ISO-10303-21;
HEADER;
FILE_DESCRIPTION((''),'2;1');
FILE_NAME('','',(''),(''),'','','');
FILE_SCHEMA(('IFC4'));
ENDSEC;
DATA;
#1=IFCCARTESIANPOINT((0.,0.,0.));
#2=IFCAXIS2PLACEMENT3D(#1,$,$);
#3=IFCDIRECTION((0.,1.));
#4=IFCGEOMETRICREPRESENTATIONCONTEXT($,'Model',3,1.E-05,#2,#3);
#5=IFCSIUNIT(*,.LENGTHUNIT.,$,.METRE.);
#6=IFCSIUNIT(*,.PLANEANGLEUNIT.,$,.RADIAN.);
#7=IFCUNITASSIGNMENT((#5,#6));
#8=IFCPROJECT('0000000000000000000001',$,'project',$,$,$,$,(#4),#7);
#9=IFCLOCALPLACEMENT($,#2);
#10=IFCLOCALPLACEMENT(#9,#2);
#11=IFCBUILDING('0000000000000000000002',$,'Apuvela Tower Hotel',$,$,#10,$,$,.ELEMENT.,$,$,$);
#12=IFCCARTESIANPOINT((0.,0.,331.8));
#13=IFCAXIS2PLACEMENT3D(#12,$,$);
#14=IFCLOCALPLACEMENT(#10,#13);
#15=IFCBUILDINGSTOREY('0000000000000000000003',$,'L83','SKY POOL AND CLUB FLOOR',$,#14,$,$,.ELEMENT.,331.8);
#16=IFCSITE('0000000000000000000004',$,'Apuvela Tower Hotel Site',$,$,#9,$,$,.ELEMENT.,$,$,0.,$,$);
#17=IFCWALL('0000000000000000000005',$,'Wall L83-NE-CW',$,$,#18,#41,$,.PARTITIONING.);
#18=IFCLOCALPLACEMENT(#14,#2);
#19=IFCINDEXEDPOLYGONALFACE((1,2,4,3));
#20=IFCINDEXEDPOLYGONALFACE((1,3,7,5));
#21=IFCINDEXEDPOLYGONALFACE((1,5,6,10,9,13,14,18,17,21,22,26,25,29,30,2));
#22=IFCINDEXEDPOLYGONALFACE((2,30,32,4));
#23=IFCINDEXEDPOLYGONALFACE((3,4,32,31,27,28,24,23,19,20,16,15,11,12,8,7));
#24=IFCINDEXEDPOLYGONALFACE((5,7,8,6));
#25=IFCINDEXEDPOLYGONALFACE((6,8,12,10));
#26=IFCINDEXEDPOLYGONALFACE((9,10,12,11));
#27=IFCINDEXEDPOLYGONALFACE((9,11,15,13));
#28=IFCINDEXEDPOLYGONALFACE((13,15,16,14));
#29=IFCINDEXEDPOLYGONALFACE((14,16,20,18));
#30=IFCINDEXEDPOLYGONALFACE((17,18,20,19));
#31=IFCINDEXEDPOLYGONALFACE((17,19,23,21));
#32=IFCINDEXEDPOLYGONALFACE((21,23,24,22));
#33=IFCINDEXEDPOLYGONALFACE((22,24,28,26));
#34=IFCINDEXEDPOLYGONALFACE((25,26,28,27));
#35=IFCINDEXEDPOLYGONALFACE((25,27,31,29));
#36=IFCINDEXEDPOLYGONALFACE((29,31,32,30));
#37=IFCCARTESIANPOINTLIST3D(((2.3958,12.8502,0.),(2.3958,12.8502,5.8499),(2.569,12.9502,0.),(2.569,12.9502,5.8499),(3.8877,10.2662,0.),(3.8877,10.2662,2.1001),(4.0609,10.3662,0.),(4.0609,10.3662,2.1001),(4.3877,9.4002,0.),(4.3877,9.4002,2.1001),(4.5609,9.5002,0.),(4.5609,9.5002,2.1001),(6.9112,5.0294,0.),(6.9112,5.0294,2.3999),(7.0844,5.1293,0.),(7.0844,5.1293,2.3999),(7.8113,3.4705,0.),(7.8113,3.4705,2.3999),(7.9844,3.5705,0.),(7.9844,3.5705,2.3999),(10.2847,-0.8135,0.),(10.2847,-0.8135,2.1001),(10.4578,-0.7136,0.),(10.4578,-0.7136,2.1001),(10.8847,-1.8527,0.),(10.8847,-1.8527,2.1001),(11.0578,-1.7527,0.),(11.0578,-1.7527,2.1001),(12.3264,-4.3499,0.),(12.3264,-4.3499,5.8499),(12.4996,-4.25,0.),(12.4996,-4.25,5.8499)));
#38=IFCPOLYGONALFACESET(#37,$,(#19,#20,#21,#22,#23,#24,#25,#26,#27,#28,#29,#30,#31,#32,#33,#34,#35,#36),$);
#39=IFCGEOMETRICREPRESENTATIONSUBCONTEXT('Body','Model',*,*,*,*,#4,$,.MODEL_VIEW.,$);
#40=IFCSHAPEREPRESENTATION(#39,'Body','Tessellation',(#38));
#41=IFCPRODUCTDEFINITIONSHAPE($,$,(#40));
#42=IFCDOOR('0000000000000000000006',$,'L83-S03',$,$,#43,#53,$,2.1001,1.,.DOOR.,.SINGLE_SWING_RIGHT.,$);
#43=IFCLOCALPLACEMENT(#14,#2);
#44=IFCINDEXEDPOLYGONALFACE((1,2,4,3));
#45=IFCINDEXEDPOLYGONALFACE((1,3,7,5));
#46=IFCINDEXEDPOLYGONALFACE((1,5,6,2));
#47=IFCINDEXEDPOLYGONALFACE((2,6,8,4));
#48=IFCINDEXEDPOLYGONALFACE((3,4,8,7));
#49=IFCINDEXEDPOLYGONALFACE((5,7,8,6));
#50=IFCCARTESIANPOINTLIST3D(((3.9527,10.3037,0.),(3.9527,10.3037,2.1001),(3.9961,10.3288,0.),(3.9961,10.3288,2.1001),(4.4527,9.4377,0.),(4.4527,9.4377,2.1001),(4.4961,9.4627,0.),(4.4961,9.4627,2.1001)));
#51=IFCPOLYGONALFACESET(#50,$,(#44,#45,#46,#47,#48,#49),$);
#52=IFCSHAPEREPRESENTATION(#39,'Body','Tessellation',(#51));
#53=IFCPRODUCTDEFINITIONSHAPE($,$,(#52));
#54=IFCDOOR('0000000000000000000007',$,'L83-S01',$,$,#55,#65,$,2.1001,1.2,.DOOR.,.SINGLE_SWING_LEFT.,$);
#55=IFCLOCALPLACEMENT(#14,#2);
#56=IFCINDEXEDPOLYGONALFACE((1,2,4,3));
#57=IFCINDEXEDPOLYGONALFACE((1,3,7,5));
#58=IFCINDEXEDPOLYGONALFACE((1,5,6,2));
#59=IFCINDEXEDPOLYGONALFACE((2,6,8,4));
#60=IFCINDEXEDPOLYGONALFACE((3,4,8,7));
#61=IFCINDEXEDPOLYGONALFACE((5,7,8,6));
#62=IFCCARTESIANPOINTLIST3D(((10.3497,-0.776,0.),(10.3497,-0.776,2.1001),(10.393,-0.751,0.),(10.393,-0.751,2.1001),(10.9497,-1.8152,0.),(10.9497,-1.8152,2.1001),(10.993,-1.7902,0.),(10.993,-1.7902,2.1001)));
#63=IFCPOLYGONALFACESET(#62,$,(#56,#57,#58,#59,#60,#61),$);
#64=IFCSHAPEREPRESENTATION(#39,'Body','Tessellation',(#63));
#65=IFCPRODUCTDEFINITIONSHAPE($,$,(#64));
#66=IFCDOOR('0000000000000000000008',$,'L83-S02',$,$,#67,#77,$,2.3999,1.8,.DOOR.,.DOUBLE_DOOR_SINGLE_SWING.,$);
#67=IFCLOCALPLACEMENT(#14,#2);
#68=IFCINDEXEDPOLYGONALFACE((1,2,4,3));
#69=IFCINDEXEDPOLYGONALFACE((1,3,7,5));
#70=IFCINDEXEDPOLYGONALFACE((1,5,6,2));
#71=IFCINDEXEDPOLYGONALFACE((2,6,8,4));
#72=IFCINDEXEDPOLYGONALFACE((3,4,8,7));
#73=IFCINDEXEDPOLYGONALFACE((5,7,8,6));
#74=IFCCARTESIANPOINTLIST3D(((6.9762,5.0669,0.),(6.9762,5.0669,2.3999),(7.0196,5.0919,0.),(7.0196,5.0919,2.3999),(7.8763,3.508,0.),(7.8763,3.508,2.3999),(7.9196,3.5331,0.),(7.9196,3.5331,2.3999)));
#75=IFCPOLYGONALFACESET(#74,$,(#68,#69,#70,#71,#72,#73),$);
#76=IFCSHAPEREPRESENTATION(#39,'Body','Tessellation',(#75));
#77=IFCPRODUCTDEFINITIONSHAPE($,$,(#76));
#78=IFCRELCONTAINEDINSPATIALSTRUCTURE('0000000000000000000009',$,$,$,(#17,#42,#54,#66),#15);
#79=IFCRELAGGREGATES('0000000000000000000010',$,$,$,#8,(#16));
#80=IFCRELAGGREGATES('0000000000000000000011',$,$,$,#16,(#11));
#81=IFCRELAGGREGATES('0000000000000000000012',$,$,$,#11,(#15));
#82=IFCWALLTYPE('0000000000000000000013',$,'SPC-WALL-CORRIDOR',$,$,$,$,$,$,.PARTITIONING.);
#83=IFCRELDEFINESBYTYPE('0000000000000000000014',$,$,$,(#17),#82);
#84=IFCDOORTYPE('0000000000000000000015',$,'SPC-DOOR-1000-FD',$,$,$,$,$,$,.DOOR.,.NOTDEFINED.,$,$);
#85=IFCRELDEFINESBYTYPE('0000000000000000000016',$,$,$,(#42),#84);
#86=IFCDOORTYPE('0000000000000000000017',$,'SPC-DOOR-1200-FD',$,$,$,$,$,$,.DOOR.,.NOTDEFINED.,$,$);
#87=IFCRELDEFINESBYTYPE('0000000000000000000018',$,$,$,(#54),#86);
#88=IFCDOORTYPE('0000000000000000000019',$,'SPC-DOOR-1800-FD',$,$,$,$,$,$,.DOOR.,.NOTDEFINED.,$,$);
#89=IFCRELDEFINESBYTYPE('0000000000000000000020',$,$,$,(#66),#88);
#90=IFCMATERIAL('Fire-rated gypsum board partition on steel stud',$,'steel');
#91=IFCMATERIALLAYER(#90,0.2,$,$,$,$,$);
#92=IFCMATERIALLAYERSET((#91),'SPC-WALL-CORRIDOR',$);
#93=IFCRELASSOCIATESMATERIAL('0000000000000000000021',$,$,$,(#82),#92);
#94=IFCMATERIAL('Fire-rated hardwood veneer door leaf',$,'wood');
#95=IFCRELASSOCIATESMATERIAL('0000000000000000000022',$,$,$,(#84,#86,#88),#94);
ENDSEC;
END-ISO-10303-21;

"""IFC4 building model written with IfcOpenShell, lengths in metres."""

from ifc_helpers import new_model, si_unit, direction, frame, frame_2d, origin, place, context, subcontext, project, spatial, rectangle, extrude, material, layer, layer_set, type_object, element, fill, save


model = new_model("IFC4")

# Units and contexts
model_context = context("Model", 3, precision=1e-05, world=origin(), true_north=direction((0.0, 1.0)))
body_context = subcontext(model_context, "Body", "Model", "MODEL_VIEW")
ifc_project = project(units=[si_unit("LENGTHUNIT", "METRE"), si_unit("PLANEANGLEUNIT", "RADIAN")], contexts=[model_context])

# Site, building, storey
site_placement = place(None, origin())
site = spatial("IfcSite", under=ifc_project, at=site_placement, Name="Apuvela Tower Hotel Site", CompositionType="ELEMENT", RefElevation=0.0)
building_placement = place(site_placement, origin())
building = spatial("IfcBuilding", under=site, at=building_placement, Name="Apuvela Tower Hotel", CompositionType="ELEMENT")
storey_placement = place(building_placement, frame((0.0, 0.0, 331.8)))
storey = spatial("IfcBuildingStorey", under=building, at=storey_placement, Name="L83", Description="SKY POOL AND CLUB FLOOR", CompositionType="ELEMENT", Elevation=331.8)

# Wall, openings, doors
ifc_material_1 = material(Name="Fire-rated gypsum board partition on steel stud", Category="steel")
ifc_layer_1 = layer(ifc_material_1, 0.2)
ifc_layer_set_1 = layer_set([ifc_layer_1], Name="SPC-WALL-CORRIDOR")
wall_type_1 = type_object("IfcWallType", Name="SPC-WALL-CORRIDOR", PredefinedType="PARTITIONING", material=ifc_layer_set_1)
wall_1_placement = place(storey_placement, frame((12.4131, -4.3, 0.0), z_axis=(0.0, 0.0, 1.0), x_axis=(-0.500005, 0.866023, 0.0)))
wall_1 = element("IfcWall", 1, at=wall_1_placement, inside=storey, type_object=wall_type_1, Name="Wall L83-NE-CW", PredefinedType="PARTITIONING", context=body_context, shape_type="SweptSolid", body=[
    extrude(rectangle(XDim=19.8611, YDim=0.2, at=frame_2d((9.9307, 0.0))), origin(), (0.0, 0.0, 1.0), 5.8499),
])
opening_1_placement = place(wall_1_placement, frame((2.8835, 0.0, 0.0)))
opening_1 = element("IfcOpeningElement", 2, at=opening_1_placement, cuts=wall_1, PredefinedType="OPENING", context=body_context, shape_type="SweptSolid", body=[
    extrude(rectangle(XDim=1.2, YDim=2.1001, at=frame_2d((0.6001, 1.05))), frame((0.0, 0.1099, 0.0), z_axis=(0.0, -1.0, 0.0), x_axis=(1.0, 0.0, 0.0)), (0.0, 0.0, 1.0), 0.22),
])
opening_2_placement = place(wall_1_placement, frame((9.0305, 0.0, 0.0)))
opening_2 = element("IfcOpeningElement", 3, at=opening_2_placement, cuts=wall_1, PredefinedType="OPENING", context=body_context, shape_type="SweptSolid", body=[
    extrude(rectangle(XDim=1.8, YDim=2.3999, at=frame_2d((0.8999, 1.2))), frame((0.0, 0.1099, 0.0), z_axis=(0.0, -1.0, 0.0), x_axis=(1.0, 0.0, 0.0)), (0.0, 0.0, 1.0), 0.22),
])
opening_3_placement = place(wall_1_placement, frame((15.8774, 0.0, 0.0)))
opening_3 = element("IfcOpeningElement", 4, at=opening_3_placement, cuts=wall_1, PredefinedType="OPENING", context=body_context, shape_type="SweptSolid", body=[
    extrude(rectangle(XDim=1.0, YDim=2.1001, at=frame_2d((0.5, 1.05))), frame((0.0, 0.1099, 0.0), z_axis=(0.0, -1.0, 0.0), x_axis=(1.0, 0.0, 0.0)), (0.0, 0.0, 1.0), 0.22),
])
ifc_material_2 = material(Name="Fire-rated hardwood veneer door leaf", Category="wood")
door_type_1 = type_object("IfcDoorType", Name="SPC-DOOR-1000-FD", OperationType="NOTDEFINED", PredefinedType="DOOR", material=ifc_material_2)
door_1_placement = place(opening_3_placement, origin())
door_1 = element("IfcDoor", 5, at=door_1_placement, inside=storey, type_object=door_type_1, Name="L83-S03", OperationType="SINGLE_SWING_RIGHT", OverallHeight=2.1001, OverallWidth=1.0, PredefinedType="DOOR", context=body_context, shape_type="SweptSolid", body=[
    extrude(rectangle(XDim=1.0, YDim=2.1001, at=frame_2d((0.5, 1.05))), frame((0.0, 0.0249, 0.0), z_axis=(0.0, -1.0, 0.0), x_axis=(1.0, 0.0, 0.0)), (0.0, 0.0, 1.0), 0.05),
])
fill(opening_3, door_1)
door_type_2 = type_object("IfcDoorType", Name="SPC-DOOR-1200-FD", OperationType="NOTDEFINED", PredefinedType="DOOR", material=ifc_material_2)
door_2_placement = place(opening_1_placement, origin())
door_2 = element("IfcDoor", 6, at=door_2_placement, inside=storey, type_object=door_type_2, Name="L83-S01", OperationType="SINGLE_SWING_LEFT", OverallHeight=2.1001, OverallWidth=1.2, PredefinedType="DOOR", context=body_context, shape_type="SweptSolid", body=[
    extrude(rectangle(XDim=1.2, YDim=2.1001, at=frame_2d((0.6001, 1.05))), frame((0.0, 0.0249, 0.0), z_axis=(0.0, -1.0, 0.0), x_axis=(1.0, 0.0, 0.0)), (0.0, 0.0, 1.0), 0.05),
])
fill(opening_1, door_2)
door_type_3 = type_object("IfcDoorType", Name="SPC-DOOR-1800-FD", OperationType="NOTDEFINED", PredefinedType="DOOR", material=ifc_material_2)
door_3_placement = place(opening_2_placement, origin())
door_3 = element("IfcDoor", 7, at=door_3_placement, inside=storey, type_object=door_type_3, Name="L83-S02", OperationType="DOUBLE_DOOR_SINGLE_SWING", OverallHeight=2.3999, OverallWidth=1.8, PredefinedType="DOOR", context=body_context, shape_type="SweptSolid", body=[
    extrude(rectangle(XDim=1.8, YDim=2.3999, at=frame_2d((0.8999, 1.2))), frame((0.0, 0.0249, 0.0), z_axis=(0.0, -1.0, 0.0), x_axis=(1.0, 0.0, 0.0)), (0.0, 0.0, 1.0), 0.05),
])
fill(opening_2, door_3)

save(model, "model.ifc")
